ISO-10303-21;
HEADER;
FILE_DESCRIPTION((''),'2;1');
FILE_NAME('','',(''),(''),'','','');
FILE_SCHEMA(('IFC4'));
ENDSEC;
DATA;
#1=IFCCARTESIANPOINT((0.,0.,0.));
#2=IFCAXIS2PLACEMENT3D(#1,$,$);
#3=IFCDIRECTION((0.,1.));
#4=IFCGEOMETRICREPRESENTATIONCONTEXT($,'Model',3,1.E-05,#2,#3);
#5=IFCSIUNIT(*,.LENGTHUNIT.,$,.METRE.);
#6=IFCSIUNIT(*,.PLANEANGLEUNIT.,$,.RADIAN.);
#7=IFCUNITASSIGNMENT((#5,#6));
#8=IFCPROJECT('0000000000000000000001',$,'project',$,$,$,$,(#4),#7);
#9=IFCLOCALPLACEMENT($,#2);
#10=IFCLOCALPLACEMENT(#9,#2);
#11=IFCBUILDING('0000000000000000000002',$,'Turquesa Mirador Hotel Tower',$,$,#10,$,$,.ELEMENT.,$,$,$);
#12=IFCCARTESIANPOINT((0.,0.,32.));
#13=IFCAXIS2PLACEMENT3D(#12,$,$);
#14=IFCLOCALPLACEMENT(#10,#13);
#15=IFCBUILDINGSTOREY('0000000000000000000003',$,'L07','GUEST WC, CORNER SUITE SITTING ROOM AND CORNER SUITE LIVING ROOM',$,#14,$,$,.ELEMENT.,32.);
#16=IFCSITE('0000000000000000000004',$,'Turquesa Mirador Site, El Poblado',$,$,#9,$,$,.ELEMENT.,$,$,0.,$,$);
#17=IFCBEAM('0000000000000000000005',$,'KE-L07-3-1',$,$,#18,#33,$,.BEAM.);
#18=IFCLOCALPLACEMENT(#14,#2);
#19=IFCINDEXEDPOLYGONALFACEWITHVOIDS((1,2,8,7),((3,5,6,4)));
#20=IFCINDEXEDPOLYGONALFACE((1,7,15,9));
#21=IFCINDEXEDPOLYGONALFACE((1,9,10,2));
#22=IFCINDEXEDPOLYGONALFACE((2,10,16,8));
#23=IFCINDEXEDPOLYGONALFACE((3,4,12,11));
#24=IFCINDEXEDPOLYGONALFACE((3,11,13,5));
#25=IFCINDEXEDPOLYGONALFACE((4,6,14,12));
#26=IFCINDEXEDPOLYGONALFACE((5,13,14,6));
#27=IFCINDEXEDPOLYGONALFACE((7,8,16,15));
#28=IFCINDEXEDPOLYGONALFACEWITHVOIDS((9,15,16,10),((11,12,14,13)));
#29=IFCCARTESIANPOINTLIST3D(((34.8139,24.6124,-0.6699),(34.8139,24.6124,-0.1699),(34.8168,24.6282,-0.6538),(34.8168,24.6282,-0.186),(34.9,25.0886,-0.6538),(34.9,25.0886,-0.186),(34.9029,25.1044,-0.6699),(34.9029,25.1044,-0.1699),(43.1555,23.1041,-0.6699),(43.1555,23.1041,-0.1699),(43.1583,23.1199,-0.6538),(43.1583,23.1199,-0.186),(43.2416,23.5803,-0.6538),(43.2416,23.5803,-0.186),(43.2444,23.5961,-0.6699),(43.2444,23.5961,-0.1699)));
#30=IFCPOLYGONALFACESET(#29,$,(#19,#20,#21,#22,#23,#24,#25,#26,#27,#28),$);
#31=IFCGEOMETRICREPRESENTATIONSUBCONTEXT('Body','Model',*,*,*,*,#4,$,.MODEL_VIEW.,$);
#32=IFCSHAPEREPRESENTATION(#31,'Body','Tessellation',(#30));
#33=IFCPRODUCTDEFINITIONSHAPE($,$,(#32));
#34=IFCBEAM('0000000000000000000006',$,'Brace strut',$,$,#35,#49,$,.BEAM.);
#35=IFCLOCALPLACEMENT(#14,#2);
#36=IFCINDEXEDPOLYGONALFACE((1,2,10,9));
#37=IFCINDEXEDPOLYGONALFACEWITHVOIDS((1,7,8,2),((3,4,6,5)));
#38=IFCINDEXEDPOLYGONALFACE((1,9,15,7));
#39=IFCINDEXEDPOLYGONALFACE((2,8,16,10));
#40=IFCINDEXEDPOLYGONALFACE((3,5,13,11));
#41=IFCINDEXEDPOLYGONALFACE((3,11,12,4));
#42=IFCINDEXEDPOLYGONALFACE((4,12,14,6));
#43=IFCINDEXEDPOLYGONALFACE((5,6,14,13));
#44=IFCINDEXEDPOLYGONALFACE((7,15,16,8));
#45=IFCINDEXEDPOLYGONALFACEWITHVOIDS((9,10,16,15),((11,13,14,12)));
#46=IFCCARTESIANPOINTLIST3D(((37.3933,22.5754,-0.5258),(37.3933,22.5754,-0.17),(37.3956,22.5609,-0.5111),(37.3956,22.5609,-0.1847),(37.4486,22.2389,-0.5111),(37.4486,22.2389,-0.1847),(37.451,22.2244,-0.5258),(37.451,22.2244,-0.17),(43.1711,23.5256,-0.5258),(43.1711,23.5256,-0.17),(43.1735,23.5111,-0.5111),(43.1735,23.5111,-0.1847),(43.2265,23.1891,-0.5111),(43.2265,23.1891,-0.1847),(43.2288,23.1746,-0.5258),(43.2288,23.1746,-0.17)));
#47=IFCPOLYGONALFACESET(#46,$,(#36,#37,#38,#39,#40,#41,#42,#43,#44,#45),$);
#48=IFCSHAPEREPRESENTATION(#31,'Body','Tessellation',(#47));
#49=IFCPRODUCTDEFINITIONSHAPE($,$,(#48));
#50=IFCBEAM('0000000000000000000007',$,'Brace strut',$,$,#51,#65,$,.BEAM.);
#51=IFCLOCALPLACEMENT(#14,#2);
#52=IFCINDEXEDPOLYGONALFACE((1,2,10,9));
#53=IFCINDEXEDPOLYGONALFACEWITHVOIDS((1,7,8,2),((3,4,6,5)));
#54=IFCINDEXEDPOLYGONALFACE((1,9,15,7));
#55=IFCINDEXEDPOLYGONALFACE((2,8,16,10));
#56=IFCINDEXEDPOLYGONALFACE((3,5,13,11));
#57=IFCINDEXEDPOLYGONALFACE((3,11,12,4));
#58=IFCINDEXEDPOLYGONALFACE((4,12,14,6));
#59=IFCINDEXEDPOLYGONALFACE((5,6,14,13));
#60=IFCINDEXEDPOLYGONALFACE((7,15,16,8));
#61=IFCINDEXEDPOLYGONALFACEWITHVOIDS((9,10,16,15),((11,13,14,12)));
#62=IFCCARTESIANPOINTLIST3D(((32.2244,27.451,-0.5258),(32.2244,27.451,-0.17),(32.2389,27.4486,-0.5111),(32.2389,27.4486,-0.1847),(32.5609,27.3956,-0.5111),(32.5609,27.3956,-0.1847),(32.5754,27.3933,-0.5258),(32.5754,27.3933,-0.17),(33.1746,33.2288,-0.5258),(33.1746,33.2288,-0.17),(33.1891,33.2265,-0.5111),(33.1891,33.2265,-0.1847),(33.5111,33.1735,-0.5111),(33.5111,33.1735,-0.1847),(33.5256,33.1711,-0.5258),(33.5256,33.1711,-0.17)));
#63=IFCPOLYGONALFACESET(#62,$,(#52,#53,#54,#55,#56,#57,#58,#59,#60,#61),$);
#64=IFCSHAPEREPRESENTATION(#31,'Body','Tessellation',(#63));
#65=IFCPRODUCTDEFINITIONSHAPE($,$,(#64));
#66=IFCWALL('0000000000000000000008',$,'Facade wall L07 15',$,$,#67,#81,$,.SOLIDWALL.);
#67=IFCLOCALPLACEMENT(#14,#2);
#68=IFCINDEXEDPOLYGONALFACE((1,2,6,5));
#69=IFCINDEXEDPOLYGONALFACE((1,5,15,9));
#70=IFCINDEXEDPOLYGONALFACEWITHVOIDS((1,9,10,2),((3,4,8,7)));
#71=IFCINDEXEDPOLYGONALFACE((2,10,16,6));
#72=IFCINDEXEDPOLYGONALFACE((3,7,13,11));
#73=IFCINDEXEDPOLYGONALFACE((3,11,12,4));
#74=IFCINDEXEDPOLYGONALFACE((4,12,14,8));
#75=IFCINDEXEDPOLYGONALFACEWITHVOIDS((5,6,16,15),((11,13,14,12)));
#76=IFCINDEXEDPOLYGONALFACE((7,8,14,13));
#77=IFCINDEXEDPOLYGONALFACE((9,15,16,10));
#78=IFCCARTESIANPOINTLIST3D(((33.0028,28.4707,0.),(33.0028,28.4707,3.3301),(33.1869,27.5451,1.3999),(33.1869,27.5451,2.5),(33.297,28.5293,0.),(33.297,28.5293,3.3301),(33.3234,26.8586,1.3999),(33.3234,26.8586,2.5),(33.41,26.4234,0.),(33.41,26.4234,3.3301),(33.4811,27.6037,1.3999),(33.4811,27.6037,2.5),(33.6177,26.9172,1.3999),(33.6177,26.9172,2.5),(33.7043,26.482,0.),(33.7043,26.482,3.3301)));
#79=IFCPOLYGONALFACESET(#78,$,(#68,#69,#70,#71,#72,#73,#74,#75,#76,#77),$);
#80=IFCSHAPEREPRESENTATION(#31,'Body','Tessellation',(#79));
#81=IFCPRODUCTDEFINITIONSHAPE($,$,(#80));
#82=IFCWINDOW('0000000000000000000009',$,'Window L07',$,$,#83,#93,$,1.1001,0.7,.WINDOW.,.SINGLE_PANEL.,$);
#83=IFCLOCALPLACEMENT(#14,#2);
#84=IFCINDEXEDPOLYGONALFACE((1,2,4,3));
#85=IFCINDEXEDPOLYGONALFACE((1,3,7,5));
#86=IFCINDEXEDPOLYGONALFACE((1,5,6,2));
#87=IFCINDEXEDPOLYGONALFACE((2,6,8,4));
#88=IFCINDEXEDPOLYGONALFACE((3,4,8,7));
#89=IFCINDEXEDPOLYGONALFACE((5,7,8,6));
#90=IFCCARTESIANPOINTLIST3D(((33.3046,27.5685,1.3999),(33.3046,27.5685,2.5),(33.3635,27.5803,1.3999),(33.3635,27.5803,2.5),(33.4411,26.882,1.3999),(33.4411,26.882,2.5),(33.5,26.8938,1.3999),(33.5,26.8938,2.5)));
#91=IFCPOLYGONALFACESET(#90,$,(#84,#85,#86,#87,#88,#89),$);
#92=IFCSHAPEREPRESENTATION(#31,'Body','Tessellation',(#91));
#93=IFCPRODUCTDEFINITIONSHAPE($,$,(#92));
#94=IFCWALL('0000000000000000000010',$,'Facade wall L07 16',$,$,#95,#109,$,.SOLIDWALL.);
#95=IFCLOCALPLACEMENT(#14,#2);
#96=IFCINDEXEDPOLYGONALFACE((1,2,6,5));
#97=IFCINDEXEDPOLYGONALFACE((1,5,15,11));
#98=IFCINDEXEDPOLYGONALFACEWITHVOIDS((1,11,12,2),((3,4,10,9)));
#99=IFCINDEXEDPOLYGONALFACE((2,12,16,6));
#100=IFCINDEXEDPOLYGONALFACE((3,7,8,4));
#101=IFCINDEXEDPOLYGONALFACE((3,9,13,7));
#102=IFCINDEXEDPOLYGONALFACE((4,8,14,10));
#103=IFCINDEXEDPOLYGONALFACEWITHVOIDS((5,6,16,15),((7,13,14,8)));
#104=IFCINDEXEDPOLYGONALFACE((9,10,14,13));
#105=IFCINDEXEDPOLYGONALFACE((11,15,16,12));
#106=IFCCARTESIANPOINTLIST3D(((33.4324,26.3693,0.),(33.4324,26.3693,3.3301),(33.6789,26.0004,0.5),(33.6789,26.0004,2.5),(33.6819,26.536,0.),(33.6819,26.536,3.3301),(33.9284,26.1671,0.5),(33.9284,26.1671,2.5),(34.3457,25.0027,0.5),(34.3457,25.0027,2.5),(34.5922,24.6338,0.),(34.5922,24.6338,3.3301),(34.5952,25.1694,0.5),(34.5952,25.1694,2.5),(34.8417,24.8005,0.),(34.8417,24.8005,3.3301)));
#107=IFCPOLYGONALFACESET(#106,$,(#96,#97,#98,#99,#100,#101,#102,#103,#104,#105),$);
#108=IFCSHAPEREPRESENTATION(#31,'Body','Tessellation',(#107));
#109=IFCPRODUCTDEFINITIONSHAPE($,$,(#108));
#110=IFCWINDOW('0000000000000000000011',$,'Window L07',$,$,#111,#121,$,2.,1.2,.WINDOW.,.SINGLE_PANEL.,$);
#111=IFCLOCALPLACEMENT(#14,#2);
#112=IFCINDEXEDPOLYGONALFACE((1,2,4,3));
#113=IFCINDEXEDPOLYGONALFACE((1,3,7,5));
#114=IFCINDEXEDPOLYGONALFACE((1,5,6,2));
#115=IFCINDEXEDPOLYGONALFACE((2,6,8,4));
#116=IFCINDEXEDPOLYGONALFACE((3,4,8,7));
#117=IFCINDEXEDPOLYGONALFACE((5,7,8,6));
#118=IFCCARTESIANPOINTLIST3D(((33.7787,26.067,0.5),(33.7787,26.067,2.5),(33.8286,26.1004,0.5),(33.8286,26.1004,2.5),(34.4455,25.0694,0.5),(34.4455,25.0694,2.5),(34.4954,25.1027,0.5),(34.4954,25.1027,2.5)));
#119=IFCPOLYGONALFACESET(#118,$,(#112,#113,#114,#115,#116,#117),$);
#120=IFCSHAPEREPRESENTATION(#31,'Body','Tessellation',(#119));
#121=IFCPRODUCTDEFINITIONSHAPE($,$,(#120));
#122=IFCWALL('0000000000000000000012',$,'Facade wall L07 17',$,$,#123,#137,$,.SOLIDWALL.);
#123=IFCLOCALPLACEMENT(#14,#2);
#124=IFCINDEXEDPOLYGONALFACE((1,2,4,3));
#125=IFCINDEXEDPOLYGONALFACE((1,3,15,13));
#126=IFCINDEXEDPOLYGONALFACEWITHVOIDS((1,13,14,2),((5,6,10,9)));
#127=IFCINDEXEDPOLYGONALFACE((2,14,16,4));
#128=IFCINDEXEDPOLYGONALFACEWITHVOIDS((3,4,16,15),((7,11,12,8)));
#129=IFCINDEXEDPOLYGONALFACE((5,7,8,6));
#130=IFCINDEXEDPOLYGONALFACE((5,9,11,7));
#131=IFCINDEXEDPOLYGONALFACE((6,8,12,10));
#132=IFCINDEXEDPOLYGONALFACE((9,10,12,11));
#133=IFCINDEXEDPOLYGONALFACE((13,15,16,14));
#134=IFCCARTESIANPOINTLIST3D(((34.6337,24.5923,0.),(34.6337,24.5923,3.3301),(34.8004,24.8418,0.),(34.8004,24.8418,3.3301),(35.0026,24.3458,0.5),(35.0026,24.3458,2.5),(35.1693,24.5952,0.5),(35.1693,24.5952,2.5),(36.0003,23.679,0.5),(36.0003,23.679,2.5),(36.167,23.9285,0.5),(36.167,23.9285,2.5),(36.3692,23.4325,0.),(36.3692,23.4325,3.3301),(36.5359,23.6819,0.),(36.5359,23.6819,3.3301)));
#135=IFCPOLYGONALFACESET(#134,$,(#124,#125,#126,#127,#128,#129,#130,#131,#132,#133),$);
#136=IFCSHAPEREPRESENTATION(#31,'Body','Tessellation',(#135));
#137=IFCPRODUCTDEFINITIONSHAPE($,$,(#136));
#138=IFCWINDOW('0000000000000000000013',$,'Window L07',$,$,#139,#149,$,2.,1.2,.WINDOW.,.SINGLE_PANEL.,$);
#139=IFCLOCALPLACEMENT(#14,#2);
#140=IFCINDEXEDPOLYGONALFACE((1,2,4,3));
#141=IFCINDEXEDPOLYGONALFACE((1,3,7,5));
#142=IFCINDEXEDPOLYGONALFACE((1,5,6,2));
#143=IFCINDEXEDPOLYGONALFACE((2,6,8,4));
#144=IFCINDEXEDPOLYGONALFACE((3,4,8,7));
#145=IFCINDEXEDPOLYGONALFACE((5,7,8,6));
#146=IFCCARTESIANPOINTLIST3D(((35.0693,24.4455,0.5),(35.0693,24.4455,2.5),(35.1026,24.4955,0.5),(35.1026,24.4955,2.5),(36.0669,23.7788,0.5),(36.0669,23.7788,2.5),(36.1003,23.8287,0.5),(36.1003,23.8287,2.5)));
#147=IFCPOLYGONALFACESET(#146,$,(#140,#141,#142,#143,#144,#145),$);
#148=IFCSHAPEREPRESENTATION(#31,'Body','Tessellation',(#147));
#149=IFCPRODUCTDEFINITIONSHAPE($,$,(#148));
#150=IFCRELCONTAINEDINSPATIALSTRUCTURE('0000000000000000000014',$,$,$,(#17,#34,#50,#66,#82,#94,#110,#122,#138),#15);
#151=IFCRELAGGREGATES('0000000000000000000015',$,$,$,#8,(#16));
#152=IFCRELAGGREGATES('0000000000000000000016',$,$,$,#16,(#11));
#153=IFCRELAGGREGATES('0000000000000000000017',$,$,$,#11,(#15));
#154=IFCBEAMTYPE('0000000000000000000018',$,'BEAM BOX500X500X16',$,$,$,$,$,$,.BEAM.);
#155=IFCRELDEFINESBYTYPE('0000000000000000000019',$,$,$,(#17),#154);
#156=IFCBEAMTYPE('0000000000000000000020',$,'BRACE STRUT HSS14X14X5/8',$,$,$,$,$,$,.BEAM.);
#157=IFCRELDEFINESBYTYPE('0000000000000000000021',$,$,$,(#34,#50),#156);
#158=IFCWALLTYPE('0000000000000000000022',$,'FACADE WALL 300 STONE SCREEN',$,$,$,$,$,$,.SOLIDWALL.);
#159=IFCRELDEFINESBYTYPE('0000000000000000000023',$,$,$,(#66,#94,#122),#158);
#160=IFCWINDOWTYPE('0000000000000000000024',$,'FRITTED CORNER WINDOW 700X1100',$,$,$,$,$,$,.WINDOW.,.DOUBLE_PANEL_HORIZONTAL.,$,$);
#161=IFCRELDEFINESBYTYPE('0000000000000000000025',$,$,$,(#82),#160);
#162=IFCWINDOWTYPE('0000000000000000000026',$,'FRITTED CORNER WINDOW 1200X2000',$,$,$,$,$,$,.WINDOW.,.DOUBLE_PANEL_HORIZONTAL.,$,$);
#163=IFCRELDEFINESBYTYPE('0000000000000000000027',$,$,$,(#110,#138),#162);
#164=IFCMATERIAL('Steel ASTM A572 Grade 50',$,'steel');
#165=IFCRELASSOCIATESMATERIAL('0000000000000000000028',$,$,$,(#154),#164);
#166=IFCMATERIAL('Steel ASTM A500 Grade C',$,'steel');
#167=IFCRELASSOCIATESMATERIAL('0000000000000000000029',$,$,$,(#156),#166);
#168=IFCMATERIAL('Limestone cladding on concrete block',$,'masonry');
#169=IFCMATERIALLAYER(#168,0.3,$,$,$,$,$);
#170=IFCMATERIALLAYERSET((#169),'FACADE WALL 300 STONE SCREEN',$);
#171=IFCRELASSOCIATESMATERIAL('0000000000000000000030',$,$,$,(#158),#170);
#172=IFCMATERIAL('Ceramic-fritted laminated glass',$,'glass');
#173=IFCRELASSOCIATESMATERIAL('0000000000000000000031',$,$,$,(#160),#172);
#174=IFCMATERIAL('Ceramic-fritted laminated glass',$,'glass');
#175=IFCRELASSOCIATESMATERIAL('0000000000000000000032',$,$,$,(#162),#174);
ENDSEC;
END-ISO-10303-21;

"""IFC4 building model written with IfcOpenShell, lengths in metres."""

from ifc_helpers import new_model, si_unit, direction, frame, frame_2d, origin, origin_2d, place, context, subcontext, project, spatial, rectangle, hollow_rectangle, extrude, material, layer, layer_set, material_profile, profile_set, type_object, element, fill, save


model = new_model("IFC4")

# Units and contexts
model_context = context("Model", 3, precision=1e-05, world=origin(), true_north=direction((0.0, 1.0)))
body_context = subcontext(model_context, "Body", "Model", "MODEL_VIEW")
ifc_project = project(units=[si_unit("LENGTHUNIT", "METRE"), si_unit("PLANEANGLEUNIT", "RADIAN")], contexts=[model_context])

# Site, building, storey
site_placement = place(None, origin())
site = spatial("IfcSite", under=ifc_project, at=site_placement, Name="Turquesa Mirador Site, El Poblado", CompositionType="ELEMENT", RefElevation=0.0)
building_placement = place(site_placement, origin())
building = spatial("IfcBuilding", under=site, at=building_placement, Name="Turquesa Mirador Hotel Tower", CompositionType="ELEMENT")
storey_placement = place(building_placement, frame((0.0, 0.0, 32.0)))
storey = spatial("IfcBuildingStorey", under=building, at=storey_placement, Name="L07", Description="GUEST WC, CORNER SUITE SITTING ROOM AND CORNER SUITE LIVING ROOM", CompositionType="ELEMENT", Elevation=32.0)

# Beams
ifc_material_1 = material(Name="Steel ASTM A572 Grade 50", Category="steel")
ifc_material_profile_1 = material_profile(ifc_material_1, hollow_rectangle(XDim=0.5, YDim=0.5, WallThickness=0.0161, at=origin_2d()), Name="BOX500X500X16")
ifc_profile_set_1 = profile_set([ifc_material_profile_1], Name="Steel ASTM A572 Grade 50")
beam_type_1 = type_object("IfcBeamType", Name="BEAM BOX500X500X16", PredefinedType="BEAM", material=ifc_profile_set_1)
beam_placement = place(storey_placement, frame((34.8584, 24.8584, -0.4199), z_axis=(0.984043, -0.177932, 0.0), x_axis=(0.177932, 0.984043, 0.0)))
element("IfcBeam", 1, at=beam_placement, inside=storey, type_object=beam_type_1, Name="KE-L07-3-1", PredefinedType="BEAM", context=body_context, shape_type="SweptSolid", body=[
    extrude(hollow_rectangle(XDim=0.5, YDim=0.5, WallThickness=0.0161, at=origin_2d()), origin(), (0.0, 0.0, 1.0), 8.4768),
])
ifc_material_2 = material(Name="Steel ASTM A500 Grade C", Category="steel")
ifc_material_profile_2 = material_profile(ifc_material_2, hollow_rectangle(XDim=0.3557, YDim=0.3557, WallThickness=0.0146, at=origin_2d()), Name="HSS14X14X5/8")
ifc_profile_set_2 = profile_set([ifc_material_profile_2], Name="Steel ASTM A500 Grade C")
beam_type_2 = type_object("IfcBeamType", Name="BRACE STRUT HSS14X14X5/8", PredefinedType="BEAM", material=ifc_profile_set_2)
for number, where, z_axis, x_axis, name in (
    (2, (37.4221, 22.3999, -0.3479), (0.986745, 0.162276, 0.0), (-0.162276, 0.986745, 0.0), "Brace strut"),
    (3, (32.3999, 27.4221, -0.3479), (0.162276, 0.986745, 0.0), (-0.986745, 0.162276, 0.0), "Brace strut"),
):
    element("IfcBeam", number, at=place(storey_placement, frame(where, z_axis=z_axis, x_axis=x_axis)), inside=storey, type_object=beam_type_2, Name=name, PredefinedType="BEAM", context=body_context, shape_type="SweptSolid", body=[
        extrude(hollow_rectangle(XDim=0.3557, YDim=0.3557, WallThickness=0.0146, at=origin_2d()), origin(), (0.0, 0.0, 1.0), 5.8555),
    ])

# Walls, openings, windows
ifc_material_3 = material(Name="Limestone cladding on concrete block", Category="masonry")
ifc_layer_1 = layer(ifc_material_3, 0.3)
ifc_layer_set_1 = layer_set([ifc_layer_1], Name="FACADE WALL 300 STONE SCREEN")
wall_type_1 = type_object("IfcWallType", Name="FACADE WALL 300 STONE SCREEN", PredefinedType="SOLIDWALL", material=ifc_layer_set_1)
wall_1_placement = place(storey_placement, frame((33.1499, 28.5, 0.0), z_axis=(0.0, 0.0, 1.0), x_axis=(0.195081, -0.980787, 0.0)))
wall_1 = element("IfcWall", 4, at=wall_1_placement, inside=storey, type_object=wall_type_1, Name="Facade wall L07 15", PredefinedType="SOLIDWALL", context=body_context, shape_type="SweptSolid", body=[
    extrude(rectangle(XDim=2.0874, YDim=0.3, at=frame_2d((1.0437, 0.0))), origin(), (0.0, 0.0, 1.0), 3.3301),
])
opening_1_placement = place(wall_1_placement, frame((0.9436, 0.0, 1.3999)))
opening_1 = element("IfcOpeningElement", 5, at=opening_1_placement, cuts=wall_1, PredefinedType="OPENING", context=body_context, shape_type="SweptSolid", body=[
    extrude(rectangle(XDim=0.7, YDim=1.1001, at=frame_2d((0.3501, 0.55))), frame((0.0, 0.1599, 0.0), z_axis=(0.0, -1.0, 0.0), x_axis=(1.0, 0.0, 0.0)), (0.0, 0.0, 1.0), 0.3201),
])
ifc_material_4 = material(Name="Ceramic-fritted laminated glass", Category="glass")
window_type_1 = type_object("IfcWindowType", Name="FRITTED CORNER WINDOW 700X1100", PartitioningType="DOUBLE_PANEL_HORIZONTAL", PredefinedType="WINDOW", material=ifc_material_4)
window_1_placement = place(opening_1_placement, origin())
window_1 = element("IfcWindow", 6, at=window_1_placement, inside=storey, type_object=window_type_1, Name="Window L07", OverallHeight=1.1001, OverallWidth=0.7, PartitioningType="SINGLE_PANEL", PredefinedType="WINDOW", context=body_context, shape_type="SweptSolid", body=[
    extrude(rectangle(XDim=0.7, YDim=1.1001, at=frame_2d((0.3501, 0.55))), frame((0.0, 0.03, 0.0), z_axis=(0.0, -1.0, 0.0), x_axis=(1.0, 0.0, 0.0)), (0.0, 0.0, 1.0), 0.0601),
])
fill(opening_1, window_1)
wall_2_placement = place(storey_placement, frame((33.5571, 26.4526, 0.0), z_axis=(0.0, 0.0, 1.0), x_axis=(0.555644, -0.83142, 0.0)))
wall_2 = element("IfcWall", 7, at=wall_2_placement, inside=storey, type_object=wall_type_1, Name="Facade wall L07 16", PredefinedType="SOLIDWALL", context=body_context, shape_type="SweptSolid", body=[
    extrude(rectangle(XDim=2.0874, YDim=0.3, at=frame_2d((1.0437, 0.0))), origin(), (0.0, 0.0, 1.0), 3.3301),
])
opening_2_placement = place(wall_2_placement, frame((0.4436, 0.0, 0.5)))
opening_2 = element("IfcOpeningElement", 8, at=opening_2_placement, cuts=wall_2, PredefinedType="OPENING", context=body_context, shape_type="SweptSolid", body=[
    extrude(rectangle(XDim=1.2, YDim=2.0, at=frame_2d((0.6001, 1.0))), frame((0.0, 0.1599, 0.0), z_axis=(0.0, -1.0, 0.0), x_axis=(1.0, 0.0, 0.0)), (0.0, 0.0, 1.0), 0.3201),
])
ifc_material_5 = material(Name="Ceramic-fritted laminated glass", Category="glass")
window_type_2 = type_object("IfcWindowType", Name="FRITTED CORNER WINDOW 1200X2000", PartitioningType="DOUBLE_PANEL_HORIZONTAL", PredefinedType="WINDOW", material=ifc_material_5)
window_2_placement = place(opening_2_placement, origin())
window_2 = element("IfcWindow", 9, at=window_2_placement, inside=storey, type_object=window_type_2, Name="Window L07", OverallHeight=2.0, OverallWidth=1.2, PartitioningType="SINGLE_PANEL", PredefinedType="WINDOW", context=body_context, shape_type="SweptSolid", body=[
    extrude(rectangle(XDim=1.2, YDim=2.0, at=frame_2d((0.6001, 1.0))), frame((0.0, 0.03, 0.0), z_axis=(0.0, -1.0, 0.0), x_axis=(1.0, 0.0, 0.0)), (0.0, 0.0, 1.0), 0.0601),
])
fill(opening_2, window_2)
wall_3_placement = place(storey_placement, frame((34.717, 24.717, 0.0), z_axis=(0.0, 0.0, 1.0), x_axis=(0.83142, -0.555644, 0.0)))
wall_3 = element("IfcWall", 10, at=wall_3_placement, inside=storey, type_object=wall_type_1, Name="Facade wall L07 17", PredefinedType="SOLIDWALL", context=body_context, shape_type="SweptSolid", body=[
    extrude(rectangle(XDim=2.0874, YDim=0.3, at=frame_2d((1.0437, 0.0))), origin(), (0.0, 0.0, 1.0), 3.3301),
])
opening_3_placement = place(wall_3_placement, frame((0.4436, 0.0, 0.5)))
opening_3 = element("IfcOpeningElement", 11, at=opening_3_placement, cuts=wall_3, PredefinedType="OPENING", context=body_context, shape_type="SweptSolid", body=[
    extrude(rectangle(XDim=1.2, YDim=2.0, at=frame_2d((0.6001, 1.0))), frame((0.0, 0.1599, 0.0), z_axis=(0.0, -1.0, 0.0), x_axis=(1.0, 0.0, 0.0)), (0.0, 0.0, 1.0), 0.3201),
])
window_3_placement = place(opening_3_placement, origin())
window_3 = element("IfcWindow", 12, at=window_3_placement, inside=storey, type_object=window_type_2, Name="Window L07", OverallHeight=2.0, OverallWidth=1.2, PartitioningType="SINGLE_PANEL", PredefinedType="WINDOW", context=body_context, shape_type="SweptSolid", body=[
    extrude(rectangle(XDim=1.2, YDim=2.0, at=frame_2d((0.6001, 1.0))), frame((0.0, 0.03, 0.0), z_axis=(0.0, -1.0, 0.0), x_axis=(1.0, 0.0, 0.0)), (0.0, 0.0, 1.0), 0.0601),
])
fill(opening_3, window_3)

save(model, "model.ifc")
